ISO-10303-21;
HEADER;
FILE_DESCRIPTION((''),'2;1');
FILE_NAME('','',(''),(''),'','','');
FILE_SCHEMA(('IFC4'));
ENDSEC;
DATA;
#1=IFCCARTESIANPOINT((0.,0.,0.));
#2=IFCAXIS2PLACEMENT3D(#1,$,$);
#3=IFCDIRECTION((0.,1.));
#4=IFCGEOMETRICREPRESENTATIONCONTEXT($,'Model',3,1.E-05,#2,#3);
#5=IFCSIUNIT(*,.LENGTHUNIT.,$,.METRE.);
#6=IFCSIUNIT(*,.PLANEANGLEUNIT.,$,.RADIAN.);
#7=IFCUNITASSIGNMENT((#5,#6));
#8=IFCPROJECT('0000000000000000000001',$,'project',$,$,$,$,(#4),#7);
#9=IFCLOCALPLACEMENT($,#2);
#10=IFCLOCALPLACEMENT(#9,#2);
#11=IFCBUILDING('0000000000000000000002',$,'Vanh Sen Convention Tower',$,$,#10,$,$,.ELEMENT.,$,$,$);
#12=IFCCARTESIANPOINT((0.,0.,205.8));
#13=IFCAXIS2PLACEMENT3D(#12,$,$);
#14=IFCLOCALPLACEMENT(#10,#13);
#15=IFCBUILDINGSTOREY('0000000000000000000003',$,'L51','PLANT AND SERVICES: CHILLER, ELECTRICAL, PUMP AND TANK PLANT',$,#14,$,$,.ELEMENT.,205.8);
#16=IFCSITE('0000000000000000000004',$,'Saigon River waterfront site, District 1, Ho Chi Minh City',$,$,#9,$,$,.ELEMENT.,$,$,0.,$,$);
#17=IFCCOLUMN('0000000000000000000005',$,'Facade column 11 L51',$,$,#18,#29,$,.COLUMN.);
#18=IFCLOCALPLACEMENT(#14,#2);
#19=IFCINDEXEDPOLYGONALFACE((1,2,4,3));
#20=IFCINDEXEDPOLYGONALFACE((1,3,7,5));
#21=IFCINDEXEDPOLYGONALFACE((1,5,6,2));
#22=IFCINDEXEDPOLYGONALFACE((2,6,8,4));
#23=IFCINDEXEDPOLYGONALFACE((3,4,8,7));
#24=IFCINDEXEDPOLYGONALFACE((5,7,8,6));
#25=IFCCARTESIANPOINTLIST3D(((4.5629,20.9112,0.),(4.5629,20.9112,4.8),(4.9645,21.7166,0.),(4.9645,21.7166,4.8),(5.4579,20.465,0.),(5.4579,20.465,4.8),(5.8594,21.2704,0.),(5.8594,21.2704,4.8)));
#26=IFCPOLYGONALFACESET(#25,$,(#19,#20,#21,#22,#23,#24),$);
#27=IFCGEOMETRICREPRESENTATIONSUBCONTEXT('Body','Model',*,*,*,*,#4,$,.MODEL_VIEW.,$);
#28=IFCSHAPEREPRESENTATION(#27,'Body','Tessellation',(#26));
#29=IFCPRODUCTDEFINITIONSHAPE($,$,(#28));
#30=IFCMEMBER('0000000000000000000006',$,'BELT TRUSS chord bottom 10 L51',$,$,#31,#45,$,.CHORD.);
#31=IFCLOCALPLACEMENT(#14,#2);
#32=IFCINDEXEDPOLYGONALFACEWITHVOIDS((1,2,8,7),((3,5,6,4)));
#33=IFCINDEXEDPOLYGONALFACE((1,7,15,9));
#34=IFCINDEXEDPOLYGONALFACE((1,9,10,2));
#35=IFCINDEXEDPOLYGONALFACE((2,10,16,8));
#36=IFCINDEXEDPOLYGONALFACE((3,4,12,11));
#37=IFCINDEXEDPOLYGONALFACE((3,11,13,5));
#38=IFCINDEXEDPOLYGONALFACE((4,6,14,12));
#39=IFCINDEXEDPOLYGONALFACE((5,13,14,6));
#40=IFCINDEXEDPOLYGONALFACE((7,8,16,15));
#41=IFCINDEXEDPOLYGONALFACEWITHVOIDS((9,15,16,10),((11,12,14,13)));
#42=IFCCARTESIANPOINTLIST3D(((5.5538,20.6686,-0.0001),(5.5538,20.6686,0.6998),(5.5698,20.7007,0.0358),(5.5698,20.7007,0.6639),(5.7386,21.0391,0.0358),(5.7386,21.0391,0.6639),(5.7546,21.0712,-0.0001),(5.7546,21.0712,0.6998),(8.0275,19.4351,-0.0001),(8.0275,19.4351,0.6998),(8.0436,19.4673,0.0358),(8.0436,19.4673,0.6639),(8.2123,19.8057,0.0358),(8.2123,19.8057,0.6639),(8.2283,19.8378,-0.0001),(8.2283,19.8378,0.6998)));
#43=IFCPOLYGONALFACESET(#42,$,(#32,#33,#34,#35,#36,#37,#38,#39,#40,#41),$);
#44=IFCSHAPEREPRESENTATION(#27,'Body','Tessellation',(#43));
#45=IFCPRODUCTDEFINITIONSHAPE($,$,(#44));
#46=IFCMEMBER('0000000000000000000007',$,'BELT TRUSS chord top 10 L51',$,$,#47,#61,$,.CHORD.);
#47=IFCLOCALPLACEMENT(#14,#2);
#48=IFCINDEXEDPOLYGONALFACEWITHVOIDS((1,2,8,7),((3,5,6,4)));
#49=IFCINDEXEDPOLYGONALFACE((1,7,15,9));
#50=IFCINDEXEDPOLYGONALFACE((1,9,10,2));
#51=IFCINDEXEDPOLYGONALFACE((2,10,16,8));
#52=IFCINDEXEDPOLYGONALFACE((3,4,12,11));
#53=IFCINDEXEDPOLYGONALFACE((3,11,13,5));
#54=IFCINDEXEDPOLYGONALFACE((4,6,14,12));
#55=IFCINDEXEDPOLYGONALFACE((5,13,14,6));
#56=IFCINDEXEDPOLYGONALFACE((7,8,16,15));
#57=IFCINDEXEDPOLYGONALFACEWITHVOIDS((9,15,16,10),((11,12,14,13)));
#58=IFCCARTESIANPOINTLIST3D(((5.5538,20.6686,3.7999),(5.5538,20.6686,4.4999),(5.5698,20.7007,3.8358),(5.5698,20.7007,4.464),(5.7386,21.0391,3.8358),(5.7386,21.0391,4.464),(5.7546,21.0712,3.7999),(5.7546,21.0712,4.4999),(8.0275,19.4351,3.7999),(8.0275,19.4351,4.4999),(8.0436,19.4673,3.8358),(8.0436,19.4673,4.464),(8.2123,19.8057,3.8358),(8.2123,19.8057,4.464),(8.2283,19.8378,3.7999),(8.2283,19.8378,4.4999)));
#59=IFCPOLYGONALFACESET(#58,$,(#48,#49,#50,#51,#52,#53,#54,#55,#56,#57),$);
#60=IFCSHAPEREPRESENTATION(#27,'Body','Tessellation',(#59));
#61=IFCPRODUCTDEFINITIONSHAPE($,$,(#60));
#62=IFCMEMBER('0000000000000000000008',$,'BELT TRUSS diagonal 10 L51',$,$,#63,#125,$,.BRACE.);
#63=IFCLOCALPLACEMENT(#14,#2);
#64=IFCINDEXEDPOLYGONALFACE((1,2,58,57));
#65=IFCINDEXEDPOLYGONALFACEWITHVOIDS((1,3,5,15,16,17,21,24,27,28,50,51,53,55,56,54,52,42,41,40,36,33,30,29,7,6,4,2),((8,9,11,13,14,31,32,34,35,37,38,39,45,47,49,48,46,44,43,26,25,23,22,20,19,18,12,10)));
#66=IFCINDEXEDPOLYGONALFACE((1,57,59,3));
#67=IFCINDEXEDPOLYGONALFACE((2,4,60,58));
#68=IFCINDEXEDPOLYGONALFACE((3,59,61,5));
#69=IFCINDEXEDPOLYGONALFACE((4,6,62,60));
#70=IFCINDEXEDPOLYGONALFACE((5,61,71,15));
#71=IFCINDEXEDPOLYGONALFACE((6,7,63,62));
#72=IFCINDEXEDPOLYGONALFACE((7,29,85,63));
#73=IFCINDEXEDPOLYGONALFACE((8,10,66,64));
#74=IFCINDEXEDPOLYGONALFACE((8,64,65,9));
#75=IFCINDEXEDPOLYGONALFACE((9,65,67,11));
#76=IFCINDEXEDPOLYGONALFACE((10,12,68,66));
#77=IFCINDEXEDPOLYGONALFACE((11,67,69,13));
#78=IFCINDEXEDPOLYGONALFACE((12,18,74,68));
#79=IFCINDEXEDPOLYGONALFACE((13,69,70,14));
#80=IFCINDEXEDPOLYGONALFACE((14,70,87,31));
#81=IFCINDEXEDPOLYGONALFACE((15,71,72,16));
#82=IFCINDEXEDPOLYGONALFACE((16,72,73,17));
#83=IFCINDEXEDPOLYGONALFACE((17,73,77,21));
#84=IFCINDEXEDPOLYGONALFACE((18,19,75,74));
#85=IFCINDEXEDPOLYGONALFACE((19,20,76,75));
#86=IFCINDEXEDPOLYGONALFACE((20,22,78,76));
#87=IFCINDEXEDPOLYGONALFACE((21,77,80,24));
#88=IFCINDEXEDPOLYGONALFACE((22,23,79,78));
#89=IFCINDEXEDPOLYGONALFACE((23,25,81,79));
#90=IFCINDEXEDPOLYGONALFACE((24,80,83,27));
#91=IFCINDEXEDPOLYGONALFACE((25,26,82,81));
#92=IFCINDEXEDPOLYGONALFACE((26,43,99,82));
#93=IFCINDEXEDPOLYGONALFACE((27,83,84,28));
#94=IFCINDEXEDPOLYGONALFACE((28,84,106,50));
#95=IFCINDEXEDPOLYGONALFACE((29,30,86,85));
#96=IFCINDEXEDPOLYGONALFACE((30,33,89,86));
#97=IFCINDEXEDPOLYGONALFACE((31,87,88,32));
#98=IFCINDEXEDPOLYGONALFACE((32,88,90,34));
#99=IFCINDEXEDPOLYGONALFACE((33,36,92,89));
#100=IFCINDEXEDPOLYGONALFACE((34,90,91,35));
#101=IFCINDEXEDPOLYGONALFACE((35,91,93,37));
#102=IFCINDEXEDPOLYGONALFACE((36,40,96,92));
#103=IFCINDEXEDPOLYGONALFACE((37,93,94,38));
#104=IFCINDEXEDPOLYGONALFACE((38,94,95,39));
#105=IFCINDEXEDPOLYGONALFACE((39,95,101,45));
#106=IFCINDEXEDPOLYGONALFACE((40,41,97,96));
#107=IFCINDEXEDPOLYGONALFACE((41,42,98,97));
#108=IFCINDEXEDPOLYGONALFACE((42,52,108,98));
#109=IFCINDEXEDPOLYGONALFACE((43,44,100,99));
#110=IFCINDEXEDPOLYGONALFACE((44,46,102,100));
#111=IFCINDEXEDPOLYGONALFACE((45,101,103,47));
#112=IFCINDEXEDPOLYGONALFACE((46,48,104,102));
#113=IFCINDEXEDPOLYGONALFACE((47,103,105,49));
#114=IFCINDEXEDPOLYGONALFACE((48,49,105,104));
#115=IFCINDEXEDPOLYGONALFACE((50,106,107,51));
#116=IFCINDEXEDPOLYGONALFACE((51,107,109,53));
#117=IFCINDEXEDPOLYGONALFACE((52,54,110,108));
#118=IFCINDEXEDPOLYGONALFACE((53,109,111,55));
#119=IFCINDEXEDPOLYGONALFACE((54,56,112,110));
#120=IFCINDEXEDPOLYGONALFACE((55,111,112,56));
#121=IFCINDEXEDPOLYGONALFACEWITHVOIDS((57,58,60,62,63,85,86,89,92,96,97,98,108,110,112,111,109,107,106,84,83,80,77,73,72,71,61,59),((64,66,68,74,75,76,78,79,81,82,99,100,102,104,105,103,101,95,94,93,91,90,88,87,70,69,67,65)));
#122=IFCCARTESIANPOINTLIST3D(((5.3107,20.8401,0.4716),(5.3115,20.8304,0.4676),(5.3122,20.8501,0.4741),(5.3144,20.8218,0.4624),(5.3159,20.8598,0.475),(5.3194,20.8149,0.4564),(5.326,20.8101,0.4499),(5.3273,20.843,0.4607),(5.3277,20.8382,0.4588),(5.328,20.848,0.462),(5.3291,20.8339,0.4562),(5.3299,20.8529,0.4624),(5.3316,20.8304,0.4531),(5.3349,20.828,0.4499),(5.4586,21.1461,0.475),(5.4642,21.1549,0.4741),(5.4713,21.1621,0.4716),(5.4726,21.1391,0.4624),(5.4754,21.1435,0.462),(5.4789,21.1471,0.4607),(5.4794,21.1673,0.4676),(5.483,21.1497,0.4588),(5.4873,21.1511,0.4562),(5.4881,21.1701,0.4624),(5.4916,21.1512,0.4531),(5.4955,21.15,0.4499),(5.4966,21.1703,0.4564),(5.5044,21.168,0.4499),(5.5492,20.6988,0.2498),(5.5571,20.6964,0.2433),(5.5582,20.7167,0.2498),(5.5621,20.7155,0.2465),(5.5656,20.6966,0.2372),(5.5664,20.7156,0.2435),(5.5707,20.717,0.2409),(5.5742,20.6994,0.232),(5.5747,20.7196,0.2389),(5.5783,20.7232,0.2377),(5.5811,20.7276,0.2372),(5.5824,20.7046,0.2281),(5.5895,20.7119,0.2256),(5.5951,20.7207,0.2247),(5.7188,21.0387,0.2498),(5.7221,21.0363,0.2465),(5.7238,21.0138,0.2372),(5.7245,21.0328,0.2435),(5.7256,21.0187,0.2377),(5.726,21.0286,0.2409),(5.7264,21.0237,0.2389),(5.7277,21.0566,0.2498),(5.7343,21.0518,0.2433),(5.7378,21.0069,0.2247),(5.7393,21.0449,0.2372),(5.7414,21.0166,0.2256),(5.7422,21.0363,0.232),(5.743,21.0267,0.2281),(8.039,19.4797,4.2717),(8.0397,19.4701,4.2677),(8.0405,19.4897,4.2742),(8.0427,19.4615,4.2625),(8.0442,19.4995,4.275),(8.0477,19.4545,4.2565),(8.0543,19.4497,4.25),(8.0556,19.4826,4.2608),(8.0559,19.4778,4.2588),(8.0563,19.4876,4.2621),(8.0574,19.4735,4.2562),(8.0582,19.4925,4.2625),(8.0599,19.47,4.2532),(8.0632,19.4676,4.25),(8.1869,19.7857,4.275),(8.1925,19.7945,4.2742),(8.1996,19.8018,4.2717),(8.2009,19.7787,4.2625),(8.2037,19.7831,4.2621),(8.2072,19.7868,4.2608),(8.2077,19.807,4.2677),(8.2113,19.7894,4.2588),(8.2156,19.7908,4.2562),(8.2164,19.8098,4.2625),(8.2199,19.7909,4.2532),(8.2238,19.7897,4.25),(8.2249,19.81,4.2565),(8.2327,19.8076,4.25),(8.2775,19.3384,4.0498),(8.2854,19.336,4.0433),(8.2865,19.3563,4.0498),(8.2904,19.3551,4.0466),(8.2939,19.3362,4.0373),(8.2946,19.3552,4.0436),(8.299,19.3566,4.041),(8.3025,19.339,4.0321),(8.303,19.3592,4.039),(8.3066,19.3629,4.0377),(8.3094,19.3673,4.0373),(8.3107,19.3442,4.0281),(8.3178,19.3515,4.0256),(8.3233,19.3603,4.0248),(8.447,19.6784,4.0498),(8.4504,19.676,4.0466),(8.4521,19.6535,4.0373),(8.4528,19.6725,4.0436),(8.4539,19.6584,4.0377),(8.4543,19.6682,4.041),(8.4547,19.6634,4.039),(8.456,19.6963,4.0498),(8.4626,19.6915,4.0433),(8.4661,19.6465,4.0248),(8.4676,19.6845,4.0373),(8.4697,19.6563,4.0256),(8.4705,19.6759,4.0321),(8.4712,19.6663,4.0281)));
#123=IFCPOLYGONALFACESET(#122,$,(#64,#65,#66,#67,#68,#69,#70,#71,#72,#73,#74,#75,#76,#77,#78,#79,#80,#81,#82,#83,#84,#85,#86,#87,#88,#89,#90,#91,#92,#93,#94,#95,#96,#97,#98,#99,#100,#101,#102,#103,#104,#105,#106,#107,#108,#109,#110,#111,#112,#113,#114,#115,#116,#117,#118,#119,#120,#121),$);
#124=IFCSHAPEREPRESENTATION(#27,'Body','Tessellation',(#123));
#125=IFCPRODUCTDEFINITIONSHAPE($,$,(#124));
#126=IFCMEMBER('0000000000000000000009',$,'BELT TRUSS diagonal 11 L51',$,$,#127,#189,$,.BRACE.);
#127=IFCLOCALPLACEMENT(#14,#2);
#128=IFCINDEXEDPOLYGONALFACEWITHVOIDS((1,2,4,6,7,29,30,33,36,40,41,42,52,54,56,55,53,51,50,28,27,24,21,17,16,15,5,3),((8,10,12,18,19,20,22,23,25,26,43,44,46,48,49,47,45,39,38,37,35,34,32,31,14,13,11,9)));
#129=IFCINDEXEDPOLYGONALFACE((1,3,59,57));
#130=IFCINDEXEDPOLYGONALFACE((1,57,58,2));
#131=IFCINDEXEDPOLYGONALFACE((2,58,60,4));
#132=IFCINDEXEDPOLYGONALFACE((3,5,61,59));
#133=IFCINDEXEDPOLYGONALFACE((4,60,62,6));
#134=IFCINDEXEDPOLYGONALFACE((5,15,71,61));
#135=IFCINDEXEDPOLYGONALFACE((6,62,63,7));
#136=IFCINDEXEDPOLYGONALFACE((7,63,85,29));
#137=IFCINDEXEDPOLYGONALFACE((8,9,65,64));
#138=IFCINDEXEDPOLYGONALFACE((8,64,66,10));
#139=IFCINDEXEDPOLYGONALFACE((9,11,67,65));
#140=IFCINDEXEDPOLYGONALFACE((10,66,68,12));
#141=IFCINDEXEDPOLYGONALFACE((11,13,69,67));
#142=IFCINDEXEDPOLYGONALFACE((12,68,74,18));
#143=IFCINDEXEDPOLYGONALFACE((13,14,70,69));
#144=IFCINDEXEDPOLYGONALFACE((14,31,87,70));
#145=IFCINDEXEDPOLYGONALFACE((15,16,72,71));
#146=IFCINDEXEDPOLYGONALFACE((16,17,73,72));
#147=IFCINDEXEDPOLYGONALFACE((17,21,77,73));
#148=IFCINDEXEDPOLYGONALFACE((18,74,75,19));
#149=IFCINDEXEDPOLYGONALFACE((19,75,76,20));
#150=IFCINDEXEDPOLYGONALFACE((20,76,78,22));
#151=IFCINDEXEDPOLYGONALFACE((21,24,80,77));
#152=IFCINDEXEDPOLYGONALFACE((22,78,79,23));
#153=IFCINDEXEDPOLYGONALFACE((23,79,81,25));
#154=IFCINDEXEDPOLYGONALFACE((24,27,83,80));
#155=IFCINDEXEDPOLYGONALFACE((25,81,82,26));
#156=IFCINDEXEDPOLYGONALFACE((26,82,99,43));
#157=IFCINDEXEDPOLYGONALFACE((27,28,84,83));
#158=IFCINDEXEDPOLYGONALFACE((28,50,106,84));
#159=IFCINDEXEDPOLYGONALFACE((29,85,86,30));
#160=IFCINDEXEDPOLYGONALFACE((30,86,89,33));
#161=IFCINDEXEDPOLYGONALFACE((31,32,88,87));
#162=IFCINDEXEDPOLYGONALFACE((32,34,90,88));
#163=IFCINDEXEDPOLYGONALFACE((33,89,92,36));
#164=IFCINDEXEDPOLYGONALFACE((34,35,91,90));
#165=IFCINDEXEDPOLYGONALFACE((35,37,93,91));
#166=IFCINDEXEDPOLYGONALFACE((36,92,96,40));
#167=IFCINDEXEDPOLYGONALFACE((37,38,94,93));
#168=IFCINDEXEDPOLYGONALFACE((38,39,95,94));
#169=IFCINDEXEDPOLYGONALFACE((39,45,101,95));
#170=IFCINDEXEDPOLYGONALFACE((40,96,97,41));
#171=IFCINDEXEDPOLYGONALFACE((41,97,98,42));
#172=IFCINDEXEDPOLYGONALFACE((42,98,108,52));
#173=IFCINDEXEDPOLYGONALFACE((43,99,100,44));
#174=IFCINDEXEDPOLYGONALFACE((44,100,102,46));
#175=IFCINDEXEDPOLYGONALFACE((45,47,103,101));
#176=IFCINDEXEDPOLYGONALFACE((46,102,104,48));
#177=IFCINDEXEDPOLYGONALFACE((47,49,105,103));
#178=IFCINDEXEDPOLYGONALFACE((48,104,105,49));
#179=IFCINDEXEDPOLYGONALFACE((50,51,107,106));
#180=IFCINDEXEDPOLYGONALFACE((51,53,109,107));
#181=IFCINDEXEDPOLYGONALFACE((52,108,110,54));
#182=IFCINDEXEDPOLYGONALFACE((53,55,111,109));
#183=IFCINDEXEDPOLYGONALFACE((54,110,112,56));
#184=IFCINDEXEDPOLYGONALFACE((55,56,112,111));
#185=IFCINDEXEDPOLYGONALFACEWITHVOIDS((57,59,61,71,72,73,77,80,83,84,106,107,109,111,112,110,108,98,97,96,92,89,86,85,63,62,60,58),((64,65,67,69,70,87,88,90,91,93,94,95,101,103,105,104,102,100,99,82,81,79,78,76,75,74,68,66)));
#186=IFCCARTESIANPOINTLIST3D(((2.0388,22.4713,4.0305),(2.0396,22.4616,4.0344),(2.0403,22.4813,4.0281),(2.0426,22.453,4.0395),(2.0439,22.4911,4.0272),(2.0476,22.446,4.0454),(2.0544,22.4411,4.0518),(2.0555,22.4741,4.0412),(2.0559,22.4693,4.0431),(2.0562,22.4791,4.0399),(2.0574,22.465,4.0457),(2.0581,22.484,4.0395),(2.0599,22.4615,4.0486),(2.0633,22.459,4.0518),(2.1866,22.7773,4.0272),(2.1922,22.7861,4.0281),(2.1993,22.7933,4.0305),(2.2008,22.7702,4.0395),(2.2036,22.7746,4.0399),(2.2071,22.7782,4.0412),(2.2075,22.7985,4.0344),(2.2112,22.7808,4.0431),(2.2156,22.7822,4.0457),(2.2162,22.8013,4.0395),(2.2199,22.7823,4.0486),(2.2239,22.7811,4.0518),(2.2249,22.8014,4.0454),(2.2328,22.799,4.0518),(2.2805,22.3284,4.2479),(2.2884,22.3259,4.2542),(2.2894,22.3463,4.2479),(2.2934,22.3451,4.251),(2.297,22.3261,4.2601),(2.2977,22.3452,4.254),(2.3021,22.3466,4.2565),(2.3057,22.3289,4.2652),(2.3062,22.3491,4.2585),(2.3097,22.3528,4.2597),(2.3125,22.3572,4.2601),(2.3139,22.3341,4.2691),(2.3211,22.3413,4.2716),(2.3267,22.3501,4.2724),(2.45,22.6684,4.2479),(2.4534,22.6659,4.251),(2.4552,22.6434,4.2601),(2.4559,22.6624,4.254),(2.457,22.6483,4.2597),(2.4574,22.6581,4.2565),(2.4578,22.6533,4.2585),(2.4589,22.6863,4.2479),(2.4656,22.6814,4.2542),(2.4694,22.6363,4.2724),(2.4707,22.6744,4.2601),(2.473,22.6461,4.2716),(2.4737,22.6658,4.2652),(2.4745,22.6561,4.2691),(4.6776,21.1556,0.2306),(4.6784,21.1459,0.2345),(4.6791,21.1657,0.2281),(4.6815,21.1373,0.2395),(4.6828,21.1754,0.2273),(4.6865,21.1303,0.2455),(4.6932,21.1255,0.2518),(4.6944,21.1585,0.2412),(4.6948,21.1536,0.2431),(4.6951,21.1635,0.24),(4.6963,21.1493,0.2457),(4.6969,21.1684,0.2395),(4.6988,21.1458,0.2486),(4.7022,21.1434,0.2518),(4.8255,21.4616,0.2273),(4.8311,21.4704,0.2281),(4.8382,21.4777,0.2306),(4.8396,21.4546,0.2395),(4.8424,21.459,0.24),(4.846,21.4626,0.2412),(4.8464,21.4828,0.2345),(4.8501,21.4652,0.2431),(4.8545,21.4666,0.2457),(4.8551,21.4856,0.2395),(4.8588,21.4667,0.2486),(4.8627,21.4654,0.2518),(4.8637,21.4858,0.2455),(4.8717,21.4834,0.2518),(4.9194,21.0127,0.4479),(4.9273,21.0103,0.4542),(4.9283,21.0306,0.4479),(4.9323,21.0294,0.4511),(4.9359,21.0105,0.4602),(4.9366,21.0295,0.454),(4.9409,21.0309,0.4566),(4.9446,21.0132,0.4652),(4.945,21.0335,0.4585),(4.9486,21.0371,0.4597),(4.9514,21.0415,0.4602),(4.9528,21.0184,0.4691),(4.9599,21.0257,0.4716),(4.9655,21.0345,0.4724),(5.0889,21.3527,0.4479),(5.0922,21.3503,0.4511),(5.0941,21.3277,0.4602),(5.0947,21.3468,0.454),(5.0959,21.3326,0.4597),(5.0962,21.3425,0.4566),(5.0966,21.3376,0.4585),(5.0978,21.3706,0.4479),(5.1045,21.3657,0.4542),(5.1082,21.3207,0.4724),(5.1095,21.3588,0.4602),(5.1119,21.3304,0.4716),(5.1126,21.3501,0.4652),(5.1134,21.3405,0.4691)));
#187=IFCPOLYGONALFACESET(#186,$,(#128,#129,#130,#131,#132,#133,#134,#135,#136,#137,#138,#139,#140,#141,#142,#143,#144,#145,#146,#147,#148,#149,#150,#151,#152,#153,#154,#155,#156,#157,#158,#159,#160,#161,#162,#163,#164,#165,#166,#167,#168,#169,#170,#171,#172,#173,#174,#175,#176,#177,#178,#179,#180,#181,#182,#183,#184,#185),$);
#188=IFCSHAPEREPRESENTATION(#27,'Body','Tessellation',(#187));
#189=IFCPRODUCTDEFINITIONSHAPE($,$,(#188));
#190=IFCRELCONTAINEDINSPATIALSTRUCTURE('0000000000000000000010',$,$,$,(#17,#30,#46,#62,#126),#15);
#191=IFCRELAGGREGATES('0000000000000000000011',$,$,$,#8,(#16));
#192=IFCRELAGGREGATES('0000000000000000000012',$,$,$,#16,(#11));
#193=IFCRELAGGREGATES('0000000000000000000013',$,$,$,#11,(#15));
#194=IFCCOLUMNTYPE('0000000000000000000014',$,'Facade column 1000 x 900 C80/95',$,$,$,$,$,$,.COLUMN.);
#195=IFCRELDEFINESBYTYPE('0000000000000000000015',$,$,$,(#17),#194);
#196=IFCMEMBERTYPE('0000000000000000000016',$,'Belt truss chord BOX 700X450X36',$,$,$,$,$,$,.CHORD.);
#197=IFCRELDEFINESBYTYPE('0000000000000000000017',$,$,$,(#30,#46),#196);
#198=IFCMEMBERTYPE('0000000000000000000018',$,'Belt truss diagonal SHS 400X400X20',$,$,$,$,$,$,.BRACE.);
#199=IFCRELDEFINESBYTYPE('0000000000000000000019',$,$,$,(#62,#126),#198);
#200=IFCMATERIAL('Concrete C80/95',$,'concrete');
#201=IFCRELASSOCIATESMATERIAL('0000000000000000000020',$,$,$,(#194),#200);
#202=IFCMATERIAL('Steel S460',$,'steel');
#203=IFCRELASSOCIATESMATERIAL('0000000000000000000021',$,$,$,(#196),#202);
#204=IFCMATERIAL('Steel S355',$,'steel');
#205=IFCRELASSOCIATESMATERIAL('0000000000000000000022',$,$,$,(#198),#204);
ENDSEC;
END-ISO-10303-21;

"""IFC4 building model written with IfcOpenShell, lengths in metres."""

from ifc_helpers import new_model, si_unit, direction, frame, origin, origin_2d, place, context, subcontext, project, spatial, rectangle, hollow_rectangle, extrude, material, material_profile, profile_set, type_object, element, save


model = new_model("IFC4")

# Units and contexts
model_context = context("Model", 3, precision=1e-05, world=origin(), true_north=direction((0.0, 1.0)))
body_context = subcontext(model_context, "Body", "Model", "MODEL_VIEW")
ifc_project = project(units=[si_unit("LENGTHUNIT", "METRE"), si_unit("PLANEANGLEUNIT", "RADIAN")], contexts=[model_context])

# Site, building, storey
site_placement = place(None, origin())
site = spatial("IfcSite", under=ifc_project, at=site_placement, Name="Saigon River waterfront site, District 1, Ho Chi Minh City", CompositionType="ELEMENT", RefElevation=0.0)
building_placement = place(site_placement, origin())
building = spatial("IfcBuilding", under=site, at=building_placement, Name="Vanh Sen Convention Tower", CompositionType="ELEMENT")
storey_placement = place(building_placement, frame((0.0, 0.0, 205.8)))
storey = spatial("IfcBuildingStorey", under=building, at=storey_placement, Name="L51", Description="PLANT AND SERVICES: CHILLER, ELECTRICAL, PUMP AND TANK PLANT", CompositionType="ELEMENT", Elevation=205.8)

# Column
ifc_material_1 = material(Name="Concrete C80/95", Category="concrete")
ifc_material_profile_1 = material_profile(ifc_material_1, rectangle(XDim=1.0, YDim=0.8999, at=origin_2d()), Name="RC 1000X900")
ifc_profile_set_1 = profile_set([ifc_material_profile_1], Name="Concrete C80/95")
column_type = type_object("IfcColumnType", Name="Facade column 1000 x 900 C80/95", PredefinedType="COLUMN", material=ifc_profile_set_1)
column_placement = place(storey_placement, frame((5.2112, 21.0908, 0.0), z_axis=(0.0, 0.0, 1.0), x_axis=(-0.894934, 0.446198, 0.0)))
element("IfcColumn", 1, at=column_placement, inside=storey, type_object=column_type, Name="Facade column 11 L51", PredefinedType="COLUMN", context=body_context, shape_type="SweptSolid", body=[
    extrude(rectangle(XDim=1.0, YDim=0.8999, at=origin_2d()), origin(), (0.0, 0.0, 1.0), 4.8),
])

# Members
ifc_material_2 = material(Name="Steel S460", Category="steel")
ifc_material_profile_2 = material_profile(ifc_material_2, hollow_rectangle(XDim=0.45, YDim=0.7, WallThickness=0.0359, at=origin_2d()), Name="BOX 700X450X36")
ifc_profile_set_2 = profile_set([ifc_material_profile_2], Name="Steel S460")
member_type_1 = type_object("IfcMemberType", Name="Belt truss chord BOX 700X450X36", PredefinedType="CHORD", material=ifc_profile_set_2)
for number, where, z_axis, x_axis, name in (
    (2, (8.1279, 19.6365, 0.3499), (-0.894921, 0.446224, 0.0), (-0.446224, -0.894921, 0.0), "BELT TRUSS chord bottom 10 L51"),
    (3, (8.1279, 19.6365, 4.1499), (-0.894921, 0.446224, 0.0), (-0.446224, -0.894921, 0.0), "BELT TRUSS chord top 10 L51"),
):
    element("IfcMember", number, at=place(storey_placement, frame(where, z_axis=z_axis, x_axis=x_axis)), inside=storey, type_object=member_type_1, Name=name, PredefinedType="CHORD", context=body_context, shape_type="SweptSolid", body=[
        extrude(hollow_rectangle(XDim=0.45, YDim=0.7, WallThickness=0.0359, at=origin_2d()), origin(), (0.0, 0.0, 1.0), 2.7642),
    ])
ifc_material_3 = material(Name="Steel S355", Category="steel")
ifc_material_profile_3 = material_profile(ifc_material_3, hollow_rectangle(XDim=0.3999, YDim=0.3999, WallThickness=0.02, InnerFilletRadius=0.02, OuterFilletRadius=0.04, at=origin_2d()), Name="SHS 400X400X20")
ifc_profile_set_3 = profile_set([ifc_material_profile_3], Name="Steel S355")
member_type_2 = type_object("IfcMemberType", Name="Belt truss diagonal SHS 400X400X20", PredefinedType="BRACE", material=ifc_profile_set_3)
member_1_placement = place(storey_placement, frame((8.2551, 19.573, 4.1499), z_axis=(-0.560014, 0.27923, -0.78001), x_axis=(-0.44622, -0.894923, 0.0)))
element("IfcMember", 4, at=member_1_placement, inside=storey, type_object=member_type_2, Name="BELT TRUSS diagonal 10 L51", PredefinedType="BRACE", context=body_context, shape_type="SweptSolid", body=[
    extrude(hollow_rectangle(XDim=0.3999, YDim=0.3999, WallThickness=0.02, InnerFilletRadius=0.02, OuterFilletRadius=0.04, at=origin_2d()), origin(), (0.0, 0.0, 1.0), 4.8718),
])
member_2_placement = place(storey_placement, frame((4.8955, 21.248, 0.3499), z_axis=(-0.548641, 0.273534, 0.790046), x_axis=(-0.446187, -0.89494, 0.0)))
element("IfcMember", 5, at=member_2_placement, inside=storey, type_object=member_type_2, Name="BELT TRUSS diagonal 11 L51", PredefinedType="BRACE", context=body_context, shape_type="SweptSolid", body=[
    extrude(hollow_rectangle(XDim=0.3999, YDim=0.3999, WallThickness=0.02, InnerFilletRadius=0.02, OuterFilletRadius=0.04, at=origin_2d()), origin(), (0.0, 0.0, 1.0), 4.8098),
])

save(model, "model.ifc")
